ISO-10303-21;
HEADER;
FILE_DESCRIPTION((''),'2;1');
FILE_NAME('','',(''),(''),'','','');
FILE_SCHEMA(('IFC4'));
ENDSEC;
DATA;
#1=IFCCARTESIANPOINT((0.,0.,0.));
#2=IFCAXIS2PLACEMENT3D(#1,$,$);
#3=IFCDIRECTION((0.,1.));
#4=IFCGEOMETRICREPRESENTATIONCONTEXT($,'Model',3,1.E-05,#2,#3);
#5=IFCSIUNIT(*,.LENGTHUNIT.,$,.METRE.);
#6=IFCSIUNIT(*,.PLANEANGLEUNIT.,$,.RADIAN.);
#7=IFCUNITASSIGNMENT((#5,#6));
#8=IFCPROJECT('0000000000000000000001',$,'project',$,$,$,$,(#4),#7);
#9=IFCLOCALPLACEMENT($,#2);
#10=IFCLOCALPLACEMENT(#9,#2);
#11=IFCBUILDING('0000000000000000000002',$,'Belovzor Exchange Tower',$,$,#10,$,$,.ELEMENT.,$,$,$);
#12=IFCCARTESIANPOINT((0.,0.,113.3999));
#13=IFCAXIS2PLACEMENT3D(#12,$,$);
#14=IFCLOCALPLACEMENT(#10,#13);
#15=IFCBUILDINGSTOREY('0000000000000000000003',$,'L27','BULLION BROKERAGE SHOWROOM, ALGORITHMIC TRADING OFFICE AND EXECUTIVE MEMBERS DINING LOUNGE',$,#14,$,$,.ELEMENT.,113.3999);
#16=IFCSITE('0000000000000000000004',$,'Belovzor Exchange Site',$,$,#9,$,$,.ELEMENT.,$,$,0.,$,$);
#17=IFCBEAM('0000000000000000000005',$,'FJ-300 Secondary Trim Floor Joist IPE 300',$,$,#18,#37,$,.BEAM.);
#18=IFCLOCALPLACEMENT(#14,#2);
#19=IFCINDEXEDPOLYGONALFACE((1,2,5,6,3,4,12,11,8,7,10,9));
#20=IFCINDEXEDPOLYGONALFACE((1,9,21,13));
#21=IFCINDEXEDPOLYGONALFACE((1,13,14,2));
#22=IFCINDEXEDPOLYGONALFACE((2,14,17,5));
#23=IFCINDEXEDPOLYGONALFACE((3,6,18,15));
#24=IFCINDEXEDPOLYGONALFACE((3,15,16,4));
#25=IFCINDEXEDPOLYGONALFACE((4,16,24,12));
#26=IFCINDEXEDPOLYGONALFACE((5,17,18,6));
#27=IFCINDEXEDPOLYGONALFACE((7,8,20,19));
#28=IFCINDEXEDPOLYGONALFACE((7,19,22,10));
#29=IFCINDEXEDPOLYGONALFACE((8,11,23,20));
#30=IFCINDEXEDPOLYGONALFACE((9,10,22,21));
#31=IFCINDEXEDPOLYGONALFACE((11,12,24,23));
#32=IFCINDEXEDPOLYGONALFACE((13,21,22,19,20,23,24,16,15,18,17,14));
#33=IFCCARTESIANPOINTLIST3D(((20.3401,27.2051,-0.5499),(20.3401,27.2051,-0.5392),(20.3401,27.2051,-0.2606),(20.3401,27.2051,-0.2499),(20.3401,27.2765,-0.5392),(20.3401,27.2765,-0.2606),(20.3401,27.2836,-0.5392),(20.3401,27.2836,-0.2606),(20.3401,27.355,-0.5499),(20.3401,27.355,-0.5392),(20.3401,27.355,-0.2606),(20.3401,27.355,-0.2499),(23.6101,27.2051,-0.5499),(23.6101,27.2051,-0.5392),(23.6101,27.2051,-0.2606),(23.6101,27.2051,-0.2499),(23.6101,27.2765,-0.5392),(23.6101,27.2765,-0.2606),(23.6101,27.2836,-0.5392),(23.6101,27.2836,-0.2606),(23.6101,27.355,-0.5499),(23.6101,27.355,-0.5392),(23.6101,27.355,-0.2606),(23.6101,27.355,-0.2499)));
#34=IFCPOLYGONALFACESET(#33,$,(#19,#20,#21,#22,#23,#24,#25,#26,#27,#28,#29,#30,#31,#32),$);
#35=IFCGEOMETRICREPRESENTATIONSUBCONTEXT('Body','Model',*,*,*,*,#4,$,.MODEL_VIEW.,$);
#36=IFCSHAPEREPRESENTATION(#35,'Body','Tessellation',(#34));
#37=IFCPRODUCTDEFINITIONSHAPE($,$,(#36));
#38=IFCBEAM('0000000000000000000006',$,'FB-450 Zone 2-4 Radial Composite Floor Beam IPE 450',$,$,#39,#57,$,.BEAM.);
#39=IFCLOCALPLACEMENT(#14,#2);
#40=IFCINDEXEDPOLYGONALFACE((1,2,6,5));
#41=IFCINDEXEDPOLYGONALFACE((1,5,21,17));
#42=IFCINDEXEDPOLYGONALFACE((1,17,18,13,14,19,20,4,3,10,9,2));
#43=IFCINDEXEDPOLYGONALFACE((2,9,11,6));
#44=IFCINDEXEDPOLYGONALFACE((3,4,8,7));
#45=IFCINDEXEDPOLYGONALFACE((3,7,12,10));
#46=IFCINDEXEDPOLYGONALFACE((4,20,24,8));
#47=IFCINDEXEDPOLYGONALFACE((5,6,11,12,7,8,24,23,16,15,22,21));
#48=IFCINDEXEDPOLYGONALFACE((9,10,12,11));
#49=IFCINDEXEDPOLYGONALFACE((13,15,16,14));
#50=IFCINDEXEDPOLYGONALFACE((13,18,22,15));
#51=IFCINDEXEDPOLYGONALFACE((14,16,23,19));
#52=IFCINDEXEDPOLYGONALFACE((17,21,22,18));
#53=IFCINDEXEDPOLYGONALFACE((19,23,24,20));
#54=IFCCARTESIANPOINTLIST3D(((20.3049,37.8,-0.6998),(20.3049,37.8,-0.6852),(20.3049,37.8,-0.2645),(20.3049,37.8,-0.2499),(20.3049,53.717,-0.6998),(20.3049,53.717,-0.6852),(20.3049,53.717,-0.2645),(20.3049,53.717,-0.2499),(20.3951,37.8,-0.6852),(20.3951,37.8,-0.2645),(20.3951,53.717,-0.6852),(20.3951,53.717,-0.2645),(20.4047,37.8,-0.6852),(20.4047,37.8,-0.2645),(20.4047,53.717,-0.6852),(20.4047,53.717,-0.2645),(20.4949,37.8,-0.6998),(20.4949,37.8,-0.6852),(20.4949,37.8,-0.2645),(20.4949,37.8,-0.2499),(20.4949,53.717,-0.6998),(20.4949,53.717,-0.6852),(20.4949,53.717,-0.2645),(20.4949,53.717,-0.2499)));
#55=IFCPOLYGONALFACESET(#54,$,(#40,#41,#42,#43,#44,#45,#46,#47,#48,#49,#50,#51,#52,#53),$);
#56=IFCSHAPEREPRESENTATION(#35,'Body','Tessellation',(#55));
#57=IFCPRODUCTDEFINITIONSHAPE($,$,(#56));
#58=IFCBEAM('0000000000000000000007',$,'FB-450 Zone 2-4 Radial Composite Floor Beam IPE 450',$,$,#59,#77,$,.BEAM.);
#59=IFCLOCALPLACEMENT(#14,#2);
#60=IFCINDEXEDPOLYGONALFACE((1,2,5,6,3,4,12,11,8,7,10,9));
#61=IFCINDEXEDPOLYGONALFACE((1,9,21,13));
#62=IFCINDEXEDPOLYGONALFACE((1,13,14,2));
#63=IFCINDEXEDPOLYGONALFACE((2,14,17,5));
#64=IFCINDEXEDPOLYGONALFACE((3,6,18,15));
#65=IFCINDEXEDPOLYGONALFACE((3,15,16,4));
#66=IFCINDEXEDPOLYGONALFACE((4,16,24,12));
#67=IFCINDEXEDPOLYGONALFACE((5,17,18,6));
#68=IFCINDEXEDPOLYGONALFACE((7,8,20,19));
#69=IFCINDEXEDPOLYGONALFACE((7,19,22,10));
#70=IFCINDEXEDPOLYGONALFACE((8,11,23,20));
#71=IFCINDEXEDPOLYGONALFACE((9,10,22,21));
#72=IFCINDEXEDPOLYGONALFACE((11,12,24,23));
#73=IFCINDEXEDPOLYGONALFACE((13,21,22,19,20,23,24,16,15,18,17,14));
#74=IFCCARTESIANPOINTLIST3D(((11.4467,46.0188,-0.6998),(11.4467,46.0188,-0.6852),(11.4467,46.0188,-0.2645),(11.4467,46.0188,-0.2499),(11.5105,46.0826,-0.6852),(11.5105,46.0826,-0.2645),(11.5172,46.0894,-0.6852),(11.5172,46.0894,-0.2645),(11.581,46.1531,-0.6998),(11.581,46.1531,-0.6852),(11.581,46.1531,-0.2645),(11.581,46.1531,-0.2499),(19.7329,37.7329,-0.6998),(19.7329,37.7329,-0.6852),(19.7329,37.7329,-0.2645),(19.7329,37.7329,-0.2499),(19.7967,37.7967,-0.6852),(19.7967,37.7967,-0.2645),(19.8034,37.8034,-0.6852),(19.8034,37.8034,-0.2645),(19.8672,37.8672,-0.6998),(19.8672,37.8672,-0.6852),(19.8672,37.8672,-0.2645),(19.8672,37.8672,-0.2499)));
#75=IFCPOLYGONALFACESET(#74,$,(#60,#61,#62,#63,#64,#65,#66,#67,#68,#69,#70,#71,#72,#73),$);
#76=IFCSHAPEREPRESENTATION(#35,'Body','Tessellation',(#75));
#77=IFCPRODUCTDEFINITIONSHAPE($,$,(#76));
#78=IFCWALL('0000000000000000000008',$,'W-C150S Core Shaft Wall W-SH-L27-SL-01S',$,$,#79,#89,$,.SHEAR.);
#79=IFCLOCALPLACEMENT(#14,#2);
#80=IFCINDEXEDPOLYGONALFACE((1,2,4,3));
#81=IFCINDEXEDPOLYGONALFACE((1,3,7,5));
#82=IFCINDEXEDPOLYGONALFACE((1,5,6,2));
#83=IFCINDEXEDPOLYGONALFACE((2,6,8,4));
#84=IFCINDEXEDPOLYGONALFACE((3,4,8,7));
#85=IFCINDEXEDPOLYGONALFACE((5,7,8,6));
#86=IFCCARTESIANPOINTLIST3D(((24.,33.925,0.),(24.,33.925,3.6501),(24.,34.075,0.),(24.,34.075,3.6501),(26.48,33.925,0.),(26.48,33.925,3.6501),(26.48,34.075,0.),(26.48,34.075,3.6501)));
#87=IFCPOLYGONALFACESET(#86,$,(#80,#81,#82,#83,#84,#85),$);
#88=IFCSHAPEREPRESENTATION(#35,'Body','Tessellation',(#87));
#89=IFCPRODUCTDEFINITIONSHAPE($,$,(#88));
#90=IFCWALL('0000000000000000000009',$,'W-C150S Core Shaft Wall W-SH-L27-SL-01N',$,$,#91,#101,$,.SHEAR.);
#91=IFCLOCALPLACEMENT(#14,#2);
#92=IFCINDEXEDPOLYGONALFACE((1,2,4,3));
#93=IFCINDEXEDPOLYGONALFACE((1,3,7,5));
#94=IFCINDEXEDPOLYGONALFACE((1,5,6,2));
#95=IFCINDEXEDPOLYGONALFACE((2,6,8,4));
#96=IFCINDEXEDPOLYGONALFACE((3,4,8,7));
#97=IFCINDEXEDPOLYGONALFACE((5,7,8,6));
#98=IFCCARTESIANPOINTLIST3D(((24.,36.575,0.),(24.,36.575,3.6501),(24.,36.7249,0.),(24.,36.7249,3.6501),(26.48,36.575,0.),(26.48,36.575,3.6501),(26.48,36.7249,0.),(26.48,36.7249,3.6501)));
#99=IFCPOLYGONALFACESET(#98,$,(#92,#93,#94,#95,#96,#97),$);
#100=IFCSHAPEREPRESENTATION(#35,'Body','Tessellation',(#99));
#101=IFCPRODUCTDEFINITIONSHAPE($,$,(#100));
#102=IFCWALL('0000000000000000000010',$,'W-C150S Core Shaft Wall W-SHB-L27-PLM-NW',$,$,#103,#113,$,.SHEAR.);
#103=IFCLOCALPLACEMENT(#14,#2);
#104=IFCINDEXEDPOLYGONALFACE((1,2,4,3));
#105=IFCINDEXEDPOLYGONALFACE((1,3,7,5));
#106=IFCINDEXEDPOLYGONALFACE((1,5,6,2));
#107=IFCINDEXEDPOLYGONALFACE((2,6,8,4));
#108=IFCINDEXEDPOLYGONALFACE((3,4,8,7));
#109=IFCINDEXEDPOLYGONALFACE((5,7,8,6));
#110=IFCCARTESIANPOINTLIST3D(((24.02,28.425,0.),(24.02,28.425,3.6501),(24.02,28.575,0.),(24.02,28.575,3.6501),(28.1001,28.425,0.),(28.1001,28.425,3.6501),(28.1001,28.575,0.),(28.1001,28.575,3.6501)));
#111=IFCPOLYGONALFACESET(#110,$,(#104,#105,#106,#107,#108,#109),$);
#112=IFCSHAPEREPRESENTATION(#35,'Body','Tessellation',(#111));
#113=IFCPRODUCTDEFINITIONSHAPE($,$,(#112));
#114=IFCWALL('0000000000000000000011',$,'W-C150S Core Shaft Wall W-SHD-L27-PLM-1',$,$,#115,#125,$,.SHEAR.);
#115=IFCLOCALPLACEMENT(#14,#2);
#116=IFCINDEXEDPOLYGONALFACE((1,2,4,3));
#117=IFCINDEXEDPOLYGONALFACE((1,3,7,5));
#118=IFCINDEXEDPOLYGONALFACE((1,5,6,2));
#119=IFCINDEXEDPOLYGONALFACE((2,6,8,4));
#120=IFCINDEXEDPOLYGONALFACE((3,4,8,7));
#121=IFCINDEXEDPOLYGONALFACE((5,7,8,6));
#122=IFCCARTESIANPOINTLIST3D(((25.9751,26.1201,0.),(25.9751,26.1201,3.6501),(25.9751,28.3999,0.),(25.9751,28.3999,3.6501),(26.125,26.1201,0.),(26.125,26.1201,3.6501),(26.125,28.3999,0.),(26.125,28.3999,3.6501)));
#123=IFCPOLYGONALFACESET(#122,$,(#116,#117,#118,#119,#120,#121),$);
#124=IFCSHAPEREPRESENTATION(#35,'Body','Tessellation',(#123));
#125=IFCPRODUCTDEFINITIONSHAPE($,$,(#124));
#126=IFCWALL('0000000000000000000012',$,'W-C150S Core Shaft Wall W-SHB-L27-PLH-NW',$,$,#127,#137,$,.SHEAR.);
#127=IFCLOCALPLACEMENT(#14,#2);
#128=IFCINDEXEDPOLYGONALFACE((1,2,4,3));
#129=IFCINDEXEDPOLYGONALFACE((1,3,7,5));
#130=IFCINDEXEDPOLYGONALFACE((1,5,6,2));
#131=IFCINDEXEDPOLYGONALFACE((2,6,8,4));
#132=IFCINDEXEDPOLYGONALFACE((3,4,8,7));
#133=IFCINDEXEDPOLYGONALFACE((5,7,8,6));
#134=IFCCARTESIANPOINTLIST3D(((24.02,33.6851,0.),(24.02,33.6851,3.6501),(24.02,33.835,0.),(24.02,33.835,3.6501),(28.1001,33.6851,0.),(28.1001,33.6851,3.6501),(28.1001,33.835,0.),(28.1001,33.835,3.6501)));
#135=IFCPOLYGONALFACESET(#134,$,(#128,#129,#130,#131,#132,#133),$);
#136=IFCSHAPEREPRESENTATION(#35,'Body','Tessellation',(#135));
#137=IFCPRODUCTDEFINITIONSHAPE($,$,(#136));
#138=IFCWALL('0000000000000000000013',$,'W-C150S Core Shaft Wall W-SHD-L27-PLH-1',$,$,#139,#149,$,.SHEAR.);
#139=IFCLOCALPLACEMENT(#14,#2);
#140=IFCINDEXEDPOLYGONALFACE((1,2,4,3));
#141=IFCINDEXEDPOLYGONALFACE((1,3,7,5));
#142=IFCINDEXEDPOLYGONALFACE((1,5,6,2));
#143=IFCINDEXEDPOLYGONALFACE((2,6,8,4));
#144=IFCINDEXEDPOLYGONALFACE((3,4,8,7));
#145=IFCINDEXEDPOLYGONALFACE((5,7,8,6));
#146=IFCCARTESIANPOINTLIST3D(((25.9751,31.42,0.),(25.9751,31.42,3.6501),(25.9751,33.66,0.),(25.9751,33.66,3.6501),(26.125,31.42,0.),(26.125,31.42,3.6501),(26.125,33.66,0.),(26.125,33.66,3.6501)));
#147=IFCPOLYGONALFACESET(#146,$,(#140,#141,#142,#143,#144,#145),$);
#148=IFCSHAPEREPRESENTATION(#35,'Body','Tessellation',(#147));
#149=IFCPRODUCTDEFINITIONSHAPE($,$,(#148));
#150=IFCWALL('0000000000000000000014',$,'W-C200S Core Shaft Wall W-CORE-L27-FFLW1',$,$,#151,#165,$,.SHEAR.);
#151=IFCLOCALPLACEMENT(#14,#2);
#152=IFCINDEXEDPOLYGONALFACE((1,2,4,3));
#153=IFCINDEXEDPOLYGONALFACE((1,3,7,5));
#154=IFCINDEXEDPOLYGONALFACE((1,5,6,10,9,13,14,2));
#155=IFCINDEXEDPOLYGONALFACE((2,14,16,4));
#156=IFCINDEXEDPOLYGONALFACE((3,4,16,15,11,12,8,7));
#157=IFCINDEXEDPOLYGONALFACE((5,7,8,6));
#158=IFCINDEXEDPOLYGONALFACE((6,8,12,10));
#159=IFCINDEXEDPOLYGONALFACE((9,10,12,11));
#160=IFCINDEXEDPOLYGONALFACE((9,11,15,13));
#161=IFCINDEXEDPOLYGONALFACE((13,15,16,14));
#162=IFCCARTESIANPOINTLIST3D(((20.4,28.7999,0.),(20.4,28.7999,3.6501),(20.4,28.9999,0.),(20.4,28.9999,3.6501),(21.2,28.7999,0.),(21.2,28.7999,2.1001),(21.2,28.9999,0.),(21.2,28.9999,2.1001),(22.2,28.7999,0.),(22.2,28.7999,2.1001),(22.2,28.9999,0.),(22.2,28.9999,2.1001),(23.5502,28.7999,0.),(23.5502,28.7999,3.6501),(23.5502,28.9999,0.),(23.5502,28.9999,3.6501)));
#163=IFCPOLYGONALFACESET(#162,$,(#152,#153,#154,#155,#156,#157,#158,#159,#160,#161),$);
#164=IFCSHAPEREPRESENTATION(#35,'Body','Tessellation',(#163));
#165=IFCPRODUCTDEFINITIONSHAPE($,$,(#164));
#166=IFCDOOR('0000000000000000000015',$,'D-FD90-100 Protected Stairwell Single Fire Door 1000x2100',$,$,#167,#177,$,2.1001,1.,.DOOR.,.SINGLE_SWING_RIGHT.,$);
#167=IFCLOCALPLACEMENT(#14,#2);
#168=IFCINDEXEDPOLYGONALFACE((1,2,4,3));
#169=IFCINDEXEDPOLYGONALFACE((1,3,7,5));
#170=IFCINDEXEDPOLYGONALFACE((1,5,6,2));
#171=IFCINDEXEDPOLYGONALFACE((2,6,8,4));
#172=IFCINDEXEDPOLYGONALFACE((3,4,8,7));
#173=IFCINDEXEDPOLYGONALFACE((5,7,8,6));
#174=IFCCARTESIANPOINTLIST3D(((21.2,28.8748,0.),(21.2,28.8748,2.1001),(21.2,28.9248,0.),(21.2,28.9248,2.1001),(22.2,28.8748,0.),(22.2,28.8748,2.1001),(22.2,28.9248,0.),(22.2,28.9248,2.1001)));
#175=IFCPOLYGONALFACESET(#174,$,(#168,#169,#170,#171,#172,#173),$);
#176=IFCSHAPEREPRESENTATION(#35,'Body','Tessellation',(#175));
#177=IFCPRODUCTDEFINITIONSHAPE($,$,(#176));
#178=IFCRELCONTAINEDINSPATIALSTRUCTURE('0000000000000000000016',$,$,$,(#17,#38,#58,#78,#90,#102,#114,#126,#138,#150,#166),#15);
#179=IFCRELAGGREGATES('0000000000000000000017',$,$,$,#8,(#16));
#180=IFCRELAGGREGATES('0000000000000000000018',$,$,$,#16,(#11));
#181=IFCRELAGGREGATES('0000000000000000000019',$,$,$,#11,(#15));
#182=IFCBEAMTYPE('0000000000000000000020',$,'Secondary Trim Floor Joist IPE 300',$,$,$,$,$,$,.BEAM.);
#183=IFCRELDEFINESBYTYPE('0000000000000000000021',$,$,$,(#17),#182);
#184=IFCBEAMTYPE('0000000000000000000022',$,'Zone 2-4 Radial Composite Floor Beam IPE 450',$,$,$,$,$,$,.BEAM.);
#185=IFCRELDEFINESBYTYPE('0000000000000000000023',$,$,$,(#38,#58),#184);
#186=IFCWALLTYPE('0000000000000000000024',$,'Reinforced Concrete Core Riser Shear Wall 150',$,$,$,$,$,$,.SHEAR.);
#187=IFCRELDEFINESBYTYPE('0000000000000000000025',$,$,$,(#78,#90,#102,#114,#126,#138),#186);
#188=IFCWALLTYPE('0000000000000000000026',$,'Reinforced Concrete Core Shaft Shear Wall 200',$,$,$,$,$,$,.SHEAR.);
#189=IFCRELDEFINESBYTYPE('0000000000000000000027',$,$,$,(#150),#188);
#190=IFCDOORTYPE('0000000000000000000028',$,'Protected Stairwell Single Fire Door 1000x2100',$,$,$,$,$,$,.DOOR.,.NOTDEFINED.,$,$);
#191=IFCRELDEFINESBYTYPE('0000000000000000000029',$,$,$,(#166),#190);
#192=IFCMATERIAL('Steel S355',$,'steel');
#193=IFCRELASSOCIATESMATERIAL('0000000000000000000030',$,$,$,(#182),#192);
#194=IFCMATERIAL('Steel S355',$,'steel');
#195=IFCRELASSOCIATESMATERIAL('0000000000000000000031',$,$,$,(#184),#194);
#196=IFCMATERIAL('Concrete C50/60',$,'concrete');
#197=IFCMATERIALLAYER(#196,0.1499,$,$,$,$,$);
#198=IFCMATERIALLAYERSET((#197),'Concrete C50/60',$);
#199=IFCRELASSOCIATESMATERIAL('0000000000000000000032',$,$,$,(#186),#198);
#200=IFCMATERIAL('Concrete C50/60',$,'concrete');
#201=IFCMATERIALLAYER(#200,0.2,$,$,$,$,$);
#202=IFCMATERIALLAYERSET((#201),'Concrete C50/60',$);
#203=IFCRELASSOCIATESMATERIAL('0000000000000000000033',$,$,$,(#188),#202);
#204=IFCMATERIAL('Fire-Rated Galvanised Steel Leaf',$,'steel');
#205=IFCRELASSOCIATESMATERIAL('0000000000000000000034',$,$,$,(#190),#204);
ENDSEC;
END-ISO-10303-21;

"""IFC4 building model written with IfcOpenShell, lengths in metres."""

from ifc_helpers import new_model, si_unit, direction, frame, frame_2d, origin, origin_2d, place, context, subcontext, project, spatial, rectangle, i_section, extrude, material, layer, layer_set, material_profile, profile_set, type_object, element, fill, save


model = new_model("IFC4")

# Units and contexts
model_context = context("Model", 3, precision=1e-05, world=origin(), true_north=direction((0.0, 1.0)))
body_context = subcontext(model_context, "Body", "Model", "MODEL_VIEW")
ifc_project = project(units=[si_unit("LENGTHUNIT", "METRE"), si_unit("PLANEANGLEUNIT", "RADIAN")], contexts=[model_context])

# Site, building, storey
site_placement = place(None, origin())
site = spatial("IfcSite", under=ifc_project, at=site_placement, Name="Belovzor Exchange Site", CompositionType="ELEMENT", RefElevation=0.0)
building_placement = place(site_placement, origin())
building = spatial("IfcBuilding", under=site, at=building_placement, Name="Belovzor Exchange Tower", CompositionType="ELEMENT")
storey_placement = place(building_placement, frame((0.0, 0.0, 113.3999)))
storey = spatial("IfcBuildingStorey", under=building, at=storey_placement, Name="L27", Description="BULLION BROKERAGE SHOWROOM, ALGORITHMIC TRADING OFFICE AND EXECUTIVE MEMBERS DINING LOUNGE", CompositionType="ELEMENT", Elevation=113.3999)

# Beams
ifc_material_1 = material(Name="Steel S355", Category="steel")
ifc_material_profile_1 = material_profile(ifc_material_1, i_section(OverallWidth=0.1499, OverallDepth=0.3, WebThickness=0.0071, FlangeThickness=0.0107, at=origin_2d()))
ifc_profile_set_1 = profile_set([ifc_material_profile_1], Name="Steel S355")
beam_type_1 = type_object("IfcBeamType", Name="Secondary Trim Floor Joist IPE 300", PredefinedType="BEAM", material=ifc_profile_set_1)
beam_1_placement = place(storey_placement, frame((20.3401, 27.28, -0.3999), z_axis=(1.0, 0.0, 0.0), x_axis=(0.0, 1.0, 0.0)))
element("IfcBeam", 1, at=beam_1_placement, inside=storey, type_object=beam_type_1, Name="FJ-300 Secondary Trim Floor Joist IPE 300", PredefinedType="BEAM", context=body_context, shape_type="SweptSolid", body=[
    extrude(i_section(OverallWidth=0.1499, OverallDepth=0.3, WebThickness=0.0071, FlangeThickness=0.0107, at=origin_2d()), origin(), (0.0, 0.0, 1.0), 3.27),
])
ifc_material_2 = material(Name="Steel S355", Category="steel")
ifc_material_profile_2 = material_profile(ifc_material_2, i_section(OverallWidth=0.1899, OverallDepth=0.45, WebThickness=0.0095, FlangeThickness=0.0146, at=origin_2d()))
ifc_profile_set_2 = profile_set([ifc_material_profile_2], Name="Steel S355")
beam_type_2 = type_object("IfcBeamType", Name="Zone 2-4 Radial Composite Floor Beam IPE 450", PredefinedType="BEAM", material=ifc_profile_set_2)
beam_2_placement = place(storey_placement, frame((20.3999, 37.8, -0.4749), z_axis=(0.0, 1.0, 0.0), x_axis=(-1.0, 0.0, 0.0)))
element("IfcBeam", 2, at=beam_2_placement, inside=storey, type_object=beam_type_2, Name="FB-450 Zone 2-4 Radial Composite Floor Beam IPE 450", PredefinedType="BEAM", context=body_context, shape_type="SweptSolid", body=[
    extrude(i_section(OverallWidth=0.1899, OverallDepth=0.45, WebThickness=0.0095, FlangeThickness=0.0146, at=origin_2d()), origin(), (0.0, 0.0, 1.0), 15.917),
])
beam_3_placement = place(storey_placement, frame((19.8, 37.8, -0.4749), z_axis=(-0.707117, 0.707096, 0.0), x_axis=(-0.707096, -0.707117, 0.0)))
element("IfcBeam", 3, at=beam_3_placement, inside=storey, type_object=beam_type_2, Name="FB-450 Zone 2-4 Radial Composite Floor Beam IPE 450", PredefinedType="BEAM", context=body_context, shape_type="SweptSolid", body=[
    extrude(i_section(OverallWidth=0.1899, OverallDepth=0.45, WebThickness=0.0095, FlangeThickness=0.0146, at=origin_2d()), origin(), (0.0, 0.0, 1.0), 11.7183),
])

# Walls
ifc_material_3 = material(Name="Concrete C50/60", Category="concrete")
ifc_layer_1 = layer(ifc_material_3, 0.1499)
ifc_layer_set_1 = layer_set([ifc_layer_1], Name="Concrete C50/60")
wall_type_1 = type_object("IfcWallType", Name="Reinforced Concrete Core Riser Shear Wall 150", PredefinedType="SHEAR", material=ifc_layer_set_1)
for number, where, z_axis, x_axis, name in (
    (4, (24.0, 34.0, 0.0), (0.0, 0.0, 1.0), (1.0, 0.0, 0.0), "W-C150S Core Shaft Wall W-SH-L27-SL-01S"),
    (5, (24.0, 36.6499, 0.0), (0.0, 0.0, 1.0), (1.0, 0.0, 0.0), "W-C150S Core Shaft Wall W-SH-L27-SL-01N"),
):
    element("IfcWall", number, at=place(storey_placement, frame(where, z_axis=z_axis, x_axis=x_axis)), inside=storey, type_object=wall_type_1, Name=name, PredefinedType="SHEAR", context=body_context, shape_type="SweptSolid", body=[
        extrude(rectangle(XDim=2.48, YDim=0.1499, at=frame_2d((1.24, 0.0))), origin(), (0.0, 0.0, 1.0), 3.6501),
    ])
wall_1_placement = place(storey_placement, frame((24.02, 28.5, 0.0), z_axis=(0.0, 0.0, 1.0), x_axis=(1.0, 0.0, 0.0)))
element("IfcWall", 6, at=wall_1_placement, inside=storey, type_object=wall_type_1, Name="W-C150S Core Shaft Wall W-SHB-L27-PLM-NW", PredefinedType="SHEAR", context=body_context, shape_type="SweptSolid", body=[
    extrude(rectangle(XDim=4.0801, YDim=0.1499, at=frame_2d((2.04, 0.0))), origin(), (0.0, 0.0, 1.0), 3.6501),
])
wall_2_placement = place(storey_placement, frame((26.05, 26.1201, 0.0), z_axis=(0.0, 0.0, 1.0), x_axis=(0.0, 1.0, 0.0)))
element("IfcWall", 7, at=wall_2_placement, inside=storey, type_object=wall_type_1, Name="W-C150S Core Shaft Wall W-SHD-L27-PLM-1", PredefinedType="SHEAR", context=body_context, shape_type="SweptSolid", body=[
    extrude(rectangle(XDim=2.2798, YDim=0.1499, at=frame_2d((1.1399, 0.0))), origin(), (0.0, 0.0, 1.0), 3.6501),
])
wall_3_placement = place(storey_placement, frame((24.02, 33.76, 0.0), z_axis=(0.0, 0.0, 1.0), x_axis=(1.0, 0.0, 0.0)))
element("IfcWall", 8, at=wall_3_placement, inside=storey, type_object=wall_type_1, Name="W-C150S Core Shaft Wall W-SHB-L27-PLH-NW", PredefinedType="SHEAR", context=body_context, shape_type="SweptSolid", body=[
    extrude(rectangle(XDim=4.0801, YDim=0.1499, at=frame_2d((2.04, 0.0))), origin(), (0.0, 0.0, 1.0), 3.6501),
])
wall_4_placement = place(storey_placement, frame((26.05, 31.4199, 0.0), z_axis=(0.0, 0.0, 1.0), x_axis=(0.0, 1.0, 0.0)))
element("IfcWall", 9, at=wall_4_placement, inside=storey, type_object=wall_type_1, Name="W-C150S Core Shaft Wall W-SHD-L27-PLH-1", PredefinedType="SHEAR", context=body_context, shape_type="SweptSolid", body=[
    extrude(rectangle(XDim=2.24, YDim=0.1499, at=frame_2d((1.1201, 0.0))), origin(), (0.0, 0.0, 1.0), 3.6501),
])

# Wall, opening, door
ifc_material_4 = material(Name="Concrete C50/60", Category="concrete")
ifc_layer_2 = layer(ifc_material_4, 0.2)
ifc_layer_set_2 = layer_set([ifc_layer_2], Name="Concrete C50/60")
wall_type_2 = type_object("IfcWallType", Name="Reinforced Concrete Core Shaft Shear Wall 200", PredefinedType="SHEAR", material=ifc_layer_set_2)
wall_5_placement = place(storey_placement, frame((20.3999, 28.8999, 0.0), z_axis=(0.0, 0.0, 1.0), x_axis=(1.0, 0.0, 0.0)))
wall_5 = element("IfcWall", 10, at=wall_5_placement, inside=storey, type_object=wall_type_2, Name="W-C200S Core Shaft Wall W-CORE-L27-FFLW1", PredefinedType="SHEAR", context=body_context, shape_type="SweptSolid", body=[
    extrude(rectangle(XDim=3.1501, YDim=0.2, at=frame_2d((1.5752, 0.0))), origin(), (0.0, 0.0, 1.0), 3.6501),
])
opening_1_placement = place(wall_5_placement, frame((0.8, 0.0, 0.0)))
opening_1 = element("IfcOpeningElement", 11, at=opening_1_placement, cuts=wall_5, PredefinedType="OPENING", context=body_context, shape_type="SweptSolid", body=[
    extrude(rectangle(XDim=1.0, YDim=2.1001, at=frame_2d((0.5, 1.05))), frame((0.0, 0.1099, 0.0), z_axis=(0.0, -1.0, 0.0), x_axis=(1.0, 0.0, 0.0)), (0.0, 0.0, 1.0), 0.22),
])
ifc_material_5 = material(Name="Fire-Rated Galvanised Steel Leaf", Category="steel")
door_type_1 = type_object("IfcDoorType", Name="Protected Stairwell Single Fire Door 1000x2100", OperationType="NOTDEFINED", PredefinedType="DOOR", material=ifc_material_5)
door_1_placement = place(opening_1_placement, origin())
door_1 = element("IfcDoor", 12, at=door_1_placement, inside=storey, type_object=door_type_1, Name="D-FD90-100 Protected Stairwell Single Fire Door 1000x2100", OperationType="SINGLE_SWING_RIGHT", OverallHeight=2.1001, OverallWidth=1.0, PredefinedType="DOOR", context=body_context, shape_type="SweptSolid", body=[
    extrude(rectangle(XDim=1.0, YDim=2.1001, at=frame_2d((0.5, 1.05))), frame((0.0, 0.0249, 0.0), z_axis=(0.0, -1.0, 0.0), x_axis=(1.0, 0.0, 0.0)), (0.0, 0.0, 1.0), 0.05),
])
fill(opening_1, door_1)

save(model, "model.ifc")
